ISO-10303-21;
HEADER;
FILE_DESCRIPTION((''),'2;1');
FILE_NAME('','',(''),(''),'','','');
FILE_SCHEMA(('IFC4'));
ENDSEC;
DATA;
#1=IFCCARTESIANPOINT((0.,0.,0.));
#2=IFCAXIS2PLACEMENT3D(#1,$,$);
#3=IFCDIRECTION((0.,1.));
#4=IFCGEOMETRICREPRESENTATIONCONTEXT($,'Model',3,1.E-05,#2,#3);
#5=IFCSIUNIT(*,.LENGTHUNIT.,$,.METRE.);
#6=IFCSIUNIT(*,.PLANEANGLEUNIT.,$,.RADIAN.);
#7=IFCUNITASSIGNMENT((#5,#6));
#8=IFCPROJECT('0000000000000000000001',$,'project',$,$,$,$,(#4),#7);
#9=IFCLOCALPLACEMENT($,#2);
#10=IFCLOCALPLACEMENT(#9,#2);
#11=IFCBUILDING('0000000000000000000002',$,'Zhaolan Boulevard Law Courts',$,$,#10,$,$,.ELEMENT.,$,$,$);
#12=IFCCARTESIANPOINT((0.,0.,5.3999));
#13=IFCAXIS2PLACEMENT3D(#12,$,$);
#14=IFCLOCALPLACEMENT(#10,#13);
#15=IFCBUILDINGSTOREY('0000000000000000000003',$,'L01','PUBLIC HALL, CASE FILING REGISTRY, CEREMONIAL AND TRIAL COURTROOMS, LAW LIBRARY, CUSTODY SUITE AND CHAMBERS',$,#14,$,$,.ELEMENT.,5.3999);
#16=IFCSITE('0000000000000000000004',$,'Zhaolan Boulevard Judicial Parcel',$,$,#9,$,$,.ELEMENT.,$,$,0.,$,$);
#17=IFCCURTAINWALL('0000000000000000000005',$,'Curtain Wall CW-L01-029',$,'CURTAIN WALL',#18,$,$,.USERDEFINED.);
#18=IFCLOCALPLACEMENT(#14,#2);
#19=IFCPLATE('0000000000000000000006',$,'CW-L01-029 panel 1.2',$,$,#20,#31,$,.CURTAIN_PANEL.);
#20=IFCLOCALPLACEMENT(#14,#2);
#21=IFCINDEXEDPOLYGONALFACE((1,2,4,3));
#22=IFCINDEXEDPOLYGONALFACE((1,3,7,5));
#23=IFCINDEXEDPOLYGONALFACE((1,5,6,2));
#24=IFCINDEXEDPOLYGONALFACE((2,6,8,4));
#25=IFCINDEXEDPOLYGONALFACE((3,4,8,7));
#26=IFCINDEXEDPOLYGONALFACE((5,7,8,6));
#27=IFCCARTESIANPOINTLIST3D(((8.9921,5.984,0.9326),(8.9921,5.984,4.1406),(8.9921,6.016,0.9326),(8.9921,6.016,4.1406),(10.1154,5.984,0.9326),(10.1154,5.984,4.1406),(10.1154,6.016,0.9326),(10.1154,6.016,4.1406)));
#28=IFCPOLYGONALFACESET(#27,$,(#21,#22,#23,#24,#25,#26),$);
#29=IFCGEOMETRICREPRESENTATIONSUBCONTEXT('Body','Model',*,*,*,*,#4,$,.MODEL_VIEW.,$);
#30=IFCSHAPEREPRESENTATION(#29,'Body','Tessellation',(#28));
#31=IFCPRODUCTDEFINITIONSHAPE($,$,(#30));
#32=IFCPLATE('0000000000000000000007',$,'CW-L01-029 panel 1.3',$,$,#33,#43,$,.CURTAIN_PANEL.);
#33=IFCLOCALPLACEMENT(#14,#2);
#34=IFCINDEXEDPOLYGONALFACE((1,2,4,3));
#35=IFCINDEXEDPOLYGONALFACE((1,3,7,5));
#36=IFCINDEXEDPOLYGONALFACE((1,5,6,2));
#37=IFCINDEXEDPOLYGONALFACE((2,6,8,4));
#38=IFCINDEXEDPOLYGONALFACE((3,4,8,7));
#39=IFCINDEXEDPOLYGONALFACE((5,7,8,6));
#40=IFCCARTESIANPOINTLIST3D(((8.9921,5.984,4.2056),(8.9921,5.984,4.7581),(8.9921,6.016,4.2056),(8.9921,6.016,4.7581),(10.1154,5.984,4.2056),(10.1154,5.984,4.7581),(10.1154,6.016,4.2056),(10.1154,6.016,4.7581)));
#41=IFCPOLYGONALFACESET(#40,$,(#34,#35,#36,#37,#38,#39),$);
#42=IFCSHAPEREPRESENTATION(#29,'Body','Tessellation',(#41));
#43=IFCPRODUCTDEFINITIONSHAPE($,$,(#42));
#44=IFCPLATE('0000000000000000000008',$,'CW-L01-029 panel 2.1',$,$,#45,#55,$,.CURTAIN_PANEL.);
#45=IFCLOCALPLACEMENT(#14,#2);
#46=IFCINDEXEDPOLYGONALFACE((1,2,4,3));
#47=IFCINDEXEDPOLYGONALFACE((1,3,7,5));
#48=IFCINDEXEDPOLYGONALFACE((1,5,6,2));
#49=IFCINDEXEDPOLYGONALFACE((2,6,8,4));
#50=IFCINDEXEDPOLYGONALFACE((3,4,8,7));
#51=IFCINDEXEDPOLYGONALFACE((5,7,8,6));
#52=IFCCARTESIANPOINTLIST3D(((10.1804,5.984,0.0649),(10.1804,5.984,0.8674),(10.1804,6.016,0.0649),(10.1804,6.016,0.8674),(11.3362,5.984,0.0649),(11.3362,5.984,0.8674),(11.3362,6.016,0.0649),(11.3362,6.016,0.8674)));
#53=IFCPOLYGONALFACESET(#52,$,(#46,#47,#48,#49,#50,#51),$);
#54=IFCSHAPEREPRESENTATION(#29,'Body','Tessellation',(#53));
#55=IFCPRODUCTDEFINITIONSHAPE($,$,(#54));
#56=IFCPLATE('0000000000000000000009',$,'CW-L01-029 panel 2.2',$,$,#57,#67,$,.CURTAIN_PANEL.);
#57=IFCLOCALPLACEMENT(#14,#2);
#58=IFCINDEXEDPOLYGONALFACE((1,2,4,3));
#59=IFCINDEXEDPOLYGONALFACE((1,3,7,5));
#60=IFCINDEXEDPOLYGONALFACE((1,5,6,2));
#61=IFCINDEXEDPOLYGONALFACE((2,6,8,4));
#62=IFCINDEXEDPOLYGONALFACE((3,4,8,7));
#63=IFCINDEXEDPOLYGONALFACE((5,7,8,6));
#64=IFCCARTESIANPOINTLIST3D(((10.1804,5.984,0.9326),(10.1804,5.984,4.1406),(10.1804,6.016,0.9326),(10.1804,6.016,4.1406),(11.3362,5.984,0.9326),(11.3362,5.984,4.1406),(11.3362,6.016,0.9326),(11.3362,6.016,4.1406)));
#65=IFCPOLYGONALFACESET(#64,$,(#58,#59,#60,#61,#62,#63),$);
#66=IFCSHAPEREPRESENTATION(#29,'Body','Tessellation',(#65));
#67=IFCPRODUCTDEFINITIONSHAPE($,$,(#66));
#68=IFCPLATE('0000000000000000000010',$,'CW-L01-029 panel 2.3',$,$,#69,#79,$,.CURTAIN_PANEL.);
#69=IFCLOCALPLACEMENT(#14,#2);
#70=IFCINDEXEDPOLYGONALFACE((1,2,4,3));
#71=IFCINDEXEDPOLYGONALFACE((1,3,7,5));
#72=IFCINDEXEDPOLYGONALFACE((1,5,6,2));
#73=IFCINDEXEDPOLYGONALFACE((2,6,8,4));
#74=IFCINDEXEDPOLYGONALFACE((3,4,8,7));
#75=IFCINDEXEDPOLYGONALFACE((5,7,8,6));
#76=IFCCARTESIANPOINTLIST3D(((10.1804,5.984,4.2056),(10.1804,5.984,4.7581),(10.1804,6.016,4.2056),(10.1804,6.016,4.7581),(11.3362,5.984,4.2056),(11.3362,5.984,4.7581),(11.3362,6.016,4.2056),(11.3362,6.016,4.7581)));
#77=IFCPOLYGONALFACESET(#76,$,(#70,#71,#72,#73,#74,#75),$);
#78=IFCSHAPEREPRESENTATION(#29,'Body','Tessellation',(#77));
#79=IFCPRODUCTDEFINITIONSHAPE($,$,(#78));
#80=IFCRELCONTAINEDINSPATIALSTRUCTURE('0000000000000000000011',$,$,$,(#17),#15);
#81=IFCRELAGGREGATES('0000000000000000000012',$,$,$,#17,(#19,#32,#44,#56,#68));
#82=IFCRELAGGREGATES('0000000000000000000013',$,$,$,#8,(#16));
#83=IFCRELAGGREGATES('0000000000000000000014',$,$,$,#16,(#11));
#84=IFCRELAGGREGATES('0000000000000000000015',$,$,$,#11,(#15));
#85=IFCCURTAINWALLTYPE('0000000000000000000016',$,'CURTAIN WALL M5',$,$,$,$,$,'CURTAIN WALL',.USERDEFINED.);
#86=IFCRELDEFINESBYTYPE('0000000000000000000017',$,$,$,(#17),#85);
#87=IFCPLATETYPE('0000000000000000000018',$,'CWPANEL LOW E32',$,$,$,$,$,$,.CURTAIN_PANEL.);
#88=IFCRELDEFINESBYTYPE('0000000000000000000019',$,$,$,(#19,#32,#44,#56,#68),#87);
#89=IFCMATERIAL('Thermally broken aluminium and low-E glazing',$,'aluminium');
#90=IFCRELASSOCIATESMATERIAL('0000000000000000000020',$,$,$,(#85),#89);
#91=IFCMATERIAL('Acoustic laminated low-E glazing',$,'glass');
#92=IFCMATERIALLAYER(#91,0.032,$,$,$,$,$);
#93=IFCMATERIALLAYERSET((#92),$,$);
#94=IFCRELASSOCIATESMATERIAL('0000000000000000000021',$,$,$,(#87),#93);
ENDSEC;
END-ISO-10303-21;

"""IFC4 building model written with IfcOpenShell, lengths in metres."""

from ifc_helpers import new_model, si_unit, direction, frame, origin, origin_2d, place, context, subcontext, project, spatial, rectangle, extrude, material, layer, layer_set, type_object, element, aggregate, save


model = new_model("IFC4")

# Units and contexts
model_context = context("Model", 3, precision=1e-05, world=origin(), true_north=direction((0.0, 1.0)))
body_context = subcontext(model_context, "Body", "Model", "MODEL_VIEW")
ifc_project = project(units=[si_unit("LENGTHUNIT", "METRE"), si_unit("PLANEANGLEUNIT", "RADIAN")], contexts=[model_context])

# Site, building, storey
site_placement = place(None, origin())
site = spatial("IfcSite", under=ifc_project, at=site_placement, Name="Zhaolan Boulevard Judicial Parcel", CompositionType="ELEMENT", RefElevation=0.0)
building_placement = place(site_placement, origin())
building = spatial("IfcBuilding", under=site, at=building_placement, Name="Zhaolan Boulevard Law Courts", CompositionType="ELEMENT")
storey_placement = place(building_placement, frame((0.0, 0.0, 5.3999)))
storey = spatial("IfcBuildingStorey", under=building, at=storey_placement, Name="L01", Description="PUBLIC HALL, CASE FILING REGISTRY, CEREMONIAL AND TRIAL COURTROOMS, LAW LIBRARY, CUSTODY SUITE AND CHAMBERS", CompositionType="ELEMENT", Elevation=5.3999)

# Curtain wall, plates
ifc_material_1 = material(Name="Thermally broken aluminium and low-E glazing", Category="aluminium")
curtain_wall_type = type_object("IfcCurtainWallType", Name="CURTAIN WALL M5", ElementType="CURTAIN WALL", PredefinedType="USERDEFINED", material=ifc_material_1)
curtain_wall_placement = place(storey_placement, origin())
curtain_wall = element("IfcCurtainWall", 1, at=curtain_wall_placement, inside=storey, type_object=curtain_wall_type, Name="Curtain Wall CW-L01-029", ObjectType="CURTAIN WALL", PredefinedType="USERDEFINED")
ifc_material_2 = material(Name="Acoustic laminated low-E glazing", Category="glass")
ifc_layer = layer(ifc_material_2, 0.032)
ifc_layer_set = layer_set([ifc_layer])
plate_type = type_object("IfcPlateType", Name="CWPANEL LOW E32", PredefinedType="CURTAIN_PANEL", material=ifc_layer_set)
plate_1_placement = place(storey_placement, frame((9.5537, 6.0, 0.9326), z_axis=(0.0, 0.0, 1.0), x_axis=(1.0, 0.0, 0.0)))
plate_1 = element("IfcPlate", 2, at=plate_1_placement, type_object=plate_type, Name="CW-L01-029 panel 1.2", PredefinedType="CURTAIN_PANEL", context=body_context, shape_type="SweptSolid", body=[
    extrude(rectangle(XDim=1.1233, YDim=0.032, at=origin_2d()), origin(), (0.0, 0.0, 1.0), 3.208),
])
plate_2_placement = place(storey_placement, frame((9.5537, 6.0, 4.2056), z_axis=(0.0, 0.0, 1.0), x_axis=(1.0, 0.0, 0.0)))
plate_2 = element("IfcPlate", 3, at=plate_2_placement, type_object=plate_type, Name="CW-L01-029 panel 1.3", PredefinedType="CURTAIN_PANEL", context=body_context, shape_type="SweptSolid", body=[
    extrude(rectangle(XDim=1.1233, YDim=0.032, at=origin_2d()), origin(), (0.0, 0.0, 1.0), 0.5525),
])
plate_3_placement = place(storey_placement, frame((10.7583, 6.0, 0.0649), z_axis=(0.0, 0.0, 1.0), x_axis=(1.0, 0.0, 0.0)))
plate_3 = element("IfcPlate", 4, at=plate_3_placement, type_object=plate_type, Name="CW-L01-029 panel 2.1", PredefinedType="CURTAIN_PANEL", context=body_context, shape_type="SweptSolid", body=[
    extrude(rectangle(XDim=1.1558, YDim=0.032, at=origin_2d()), origin(), (0.0, 0.0, 1.0), 0.8025),
])
plate_4_placement = place(storey_placement, frame((10.7583, 6.0, 0.9326), z_axis=(0.0, 0.0, 1.0), x_axis=(1.0, 0.0, 0.0)))
plate_4 = element("IfcPlate", 5, at=plate_4_placement, type_object=plate_type, Name="CW-L01-029 panel 2.2", PredefinedType="CURTAIN_PANEL", context=body_context, shape_type="SweptSolid", body=[
    extrude(rectangle(XDim=1.1558, YDim=0.032, at=origin_2d()), origin(), (0.0, 0.0, 1.0), 3.208),
])
plate_5_placement = place(storey_placement, frame((10.7583, 6.0, 4.2056), z_axis=(0.0, 0.0, 1.0), x_axis=(1.0, 0.0, 0.0)))
plate_5 = element("IfcPlate", 6, at=plate_5_placement, type_object=plate_type, Name="CW-L01-029 panel 2.3", PredefinedType="CURTAIN_PANEL", context=body_context, shape_type="SweptSolid", body=[
    extrude(rectangle(XDim=1.1558, YDim=0.032, at=origin_2d()), origin(), (0.0, 0.0, 1.0), 0.5525),
])
aggregate(curtain_wall, [plate_1, plate_2, plate_3, plate_4, plate_5])

save(model, "model.ifc")
